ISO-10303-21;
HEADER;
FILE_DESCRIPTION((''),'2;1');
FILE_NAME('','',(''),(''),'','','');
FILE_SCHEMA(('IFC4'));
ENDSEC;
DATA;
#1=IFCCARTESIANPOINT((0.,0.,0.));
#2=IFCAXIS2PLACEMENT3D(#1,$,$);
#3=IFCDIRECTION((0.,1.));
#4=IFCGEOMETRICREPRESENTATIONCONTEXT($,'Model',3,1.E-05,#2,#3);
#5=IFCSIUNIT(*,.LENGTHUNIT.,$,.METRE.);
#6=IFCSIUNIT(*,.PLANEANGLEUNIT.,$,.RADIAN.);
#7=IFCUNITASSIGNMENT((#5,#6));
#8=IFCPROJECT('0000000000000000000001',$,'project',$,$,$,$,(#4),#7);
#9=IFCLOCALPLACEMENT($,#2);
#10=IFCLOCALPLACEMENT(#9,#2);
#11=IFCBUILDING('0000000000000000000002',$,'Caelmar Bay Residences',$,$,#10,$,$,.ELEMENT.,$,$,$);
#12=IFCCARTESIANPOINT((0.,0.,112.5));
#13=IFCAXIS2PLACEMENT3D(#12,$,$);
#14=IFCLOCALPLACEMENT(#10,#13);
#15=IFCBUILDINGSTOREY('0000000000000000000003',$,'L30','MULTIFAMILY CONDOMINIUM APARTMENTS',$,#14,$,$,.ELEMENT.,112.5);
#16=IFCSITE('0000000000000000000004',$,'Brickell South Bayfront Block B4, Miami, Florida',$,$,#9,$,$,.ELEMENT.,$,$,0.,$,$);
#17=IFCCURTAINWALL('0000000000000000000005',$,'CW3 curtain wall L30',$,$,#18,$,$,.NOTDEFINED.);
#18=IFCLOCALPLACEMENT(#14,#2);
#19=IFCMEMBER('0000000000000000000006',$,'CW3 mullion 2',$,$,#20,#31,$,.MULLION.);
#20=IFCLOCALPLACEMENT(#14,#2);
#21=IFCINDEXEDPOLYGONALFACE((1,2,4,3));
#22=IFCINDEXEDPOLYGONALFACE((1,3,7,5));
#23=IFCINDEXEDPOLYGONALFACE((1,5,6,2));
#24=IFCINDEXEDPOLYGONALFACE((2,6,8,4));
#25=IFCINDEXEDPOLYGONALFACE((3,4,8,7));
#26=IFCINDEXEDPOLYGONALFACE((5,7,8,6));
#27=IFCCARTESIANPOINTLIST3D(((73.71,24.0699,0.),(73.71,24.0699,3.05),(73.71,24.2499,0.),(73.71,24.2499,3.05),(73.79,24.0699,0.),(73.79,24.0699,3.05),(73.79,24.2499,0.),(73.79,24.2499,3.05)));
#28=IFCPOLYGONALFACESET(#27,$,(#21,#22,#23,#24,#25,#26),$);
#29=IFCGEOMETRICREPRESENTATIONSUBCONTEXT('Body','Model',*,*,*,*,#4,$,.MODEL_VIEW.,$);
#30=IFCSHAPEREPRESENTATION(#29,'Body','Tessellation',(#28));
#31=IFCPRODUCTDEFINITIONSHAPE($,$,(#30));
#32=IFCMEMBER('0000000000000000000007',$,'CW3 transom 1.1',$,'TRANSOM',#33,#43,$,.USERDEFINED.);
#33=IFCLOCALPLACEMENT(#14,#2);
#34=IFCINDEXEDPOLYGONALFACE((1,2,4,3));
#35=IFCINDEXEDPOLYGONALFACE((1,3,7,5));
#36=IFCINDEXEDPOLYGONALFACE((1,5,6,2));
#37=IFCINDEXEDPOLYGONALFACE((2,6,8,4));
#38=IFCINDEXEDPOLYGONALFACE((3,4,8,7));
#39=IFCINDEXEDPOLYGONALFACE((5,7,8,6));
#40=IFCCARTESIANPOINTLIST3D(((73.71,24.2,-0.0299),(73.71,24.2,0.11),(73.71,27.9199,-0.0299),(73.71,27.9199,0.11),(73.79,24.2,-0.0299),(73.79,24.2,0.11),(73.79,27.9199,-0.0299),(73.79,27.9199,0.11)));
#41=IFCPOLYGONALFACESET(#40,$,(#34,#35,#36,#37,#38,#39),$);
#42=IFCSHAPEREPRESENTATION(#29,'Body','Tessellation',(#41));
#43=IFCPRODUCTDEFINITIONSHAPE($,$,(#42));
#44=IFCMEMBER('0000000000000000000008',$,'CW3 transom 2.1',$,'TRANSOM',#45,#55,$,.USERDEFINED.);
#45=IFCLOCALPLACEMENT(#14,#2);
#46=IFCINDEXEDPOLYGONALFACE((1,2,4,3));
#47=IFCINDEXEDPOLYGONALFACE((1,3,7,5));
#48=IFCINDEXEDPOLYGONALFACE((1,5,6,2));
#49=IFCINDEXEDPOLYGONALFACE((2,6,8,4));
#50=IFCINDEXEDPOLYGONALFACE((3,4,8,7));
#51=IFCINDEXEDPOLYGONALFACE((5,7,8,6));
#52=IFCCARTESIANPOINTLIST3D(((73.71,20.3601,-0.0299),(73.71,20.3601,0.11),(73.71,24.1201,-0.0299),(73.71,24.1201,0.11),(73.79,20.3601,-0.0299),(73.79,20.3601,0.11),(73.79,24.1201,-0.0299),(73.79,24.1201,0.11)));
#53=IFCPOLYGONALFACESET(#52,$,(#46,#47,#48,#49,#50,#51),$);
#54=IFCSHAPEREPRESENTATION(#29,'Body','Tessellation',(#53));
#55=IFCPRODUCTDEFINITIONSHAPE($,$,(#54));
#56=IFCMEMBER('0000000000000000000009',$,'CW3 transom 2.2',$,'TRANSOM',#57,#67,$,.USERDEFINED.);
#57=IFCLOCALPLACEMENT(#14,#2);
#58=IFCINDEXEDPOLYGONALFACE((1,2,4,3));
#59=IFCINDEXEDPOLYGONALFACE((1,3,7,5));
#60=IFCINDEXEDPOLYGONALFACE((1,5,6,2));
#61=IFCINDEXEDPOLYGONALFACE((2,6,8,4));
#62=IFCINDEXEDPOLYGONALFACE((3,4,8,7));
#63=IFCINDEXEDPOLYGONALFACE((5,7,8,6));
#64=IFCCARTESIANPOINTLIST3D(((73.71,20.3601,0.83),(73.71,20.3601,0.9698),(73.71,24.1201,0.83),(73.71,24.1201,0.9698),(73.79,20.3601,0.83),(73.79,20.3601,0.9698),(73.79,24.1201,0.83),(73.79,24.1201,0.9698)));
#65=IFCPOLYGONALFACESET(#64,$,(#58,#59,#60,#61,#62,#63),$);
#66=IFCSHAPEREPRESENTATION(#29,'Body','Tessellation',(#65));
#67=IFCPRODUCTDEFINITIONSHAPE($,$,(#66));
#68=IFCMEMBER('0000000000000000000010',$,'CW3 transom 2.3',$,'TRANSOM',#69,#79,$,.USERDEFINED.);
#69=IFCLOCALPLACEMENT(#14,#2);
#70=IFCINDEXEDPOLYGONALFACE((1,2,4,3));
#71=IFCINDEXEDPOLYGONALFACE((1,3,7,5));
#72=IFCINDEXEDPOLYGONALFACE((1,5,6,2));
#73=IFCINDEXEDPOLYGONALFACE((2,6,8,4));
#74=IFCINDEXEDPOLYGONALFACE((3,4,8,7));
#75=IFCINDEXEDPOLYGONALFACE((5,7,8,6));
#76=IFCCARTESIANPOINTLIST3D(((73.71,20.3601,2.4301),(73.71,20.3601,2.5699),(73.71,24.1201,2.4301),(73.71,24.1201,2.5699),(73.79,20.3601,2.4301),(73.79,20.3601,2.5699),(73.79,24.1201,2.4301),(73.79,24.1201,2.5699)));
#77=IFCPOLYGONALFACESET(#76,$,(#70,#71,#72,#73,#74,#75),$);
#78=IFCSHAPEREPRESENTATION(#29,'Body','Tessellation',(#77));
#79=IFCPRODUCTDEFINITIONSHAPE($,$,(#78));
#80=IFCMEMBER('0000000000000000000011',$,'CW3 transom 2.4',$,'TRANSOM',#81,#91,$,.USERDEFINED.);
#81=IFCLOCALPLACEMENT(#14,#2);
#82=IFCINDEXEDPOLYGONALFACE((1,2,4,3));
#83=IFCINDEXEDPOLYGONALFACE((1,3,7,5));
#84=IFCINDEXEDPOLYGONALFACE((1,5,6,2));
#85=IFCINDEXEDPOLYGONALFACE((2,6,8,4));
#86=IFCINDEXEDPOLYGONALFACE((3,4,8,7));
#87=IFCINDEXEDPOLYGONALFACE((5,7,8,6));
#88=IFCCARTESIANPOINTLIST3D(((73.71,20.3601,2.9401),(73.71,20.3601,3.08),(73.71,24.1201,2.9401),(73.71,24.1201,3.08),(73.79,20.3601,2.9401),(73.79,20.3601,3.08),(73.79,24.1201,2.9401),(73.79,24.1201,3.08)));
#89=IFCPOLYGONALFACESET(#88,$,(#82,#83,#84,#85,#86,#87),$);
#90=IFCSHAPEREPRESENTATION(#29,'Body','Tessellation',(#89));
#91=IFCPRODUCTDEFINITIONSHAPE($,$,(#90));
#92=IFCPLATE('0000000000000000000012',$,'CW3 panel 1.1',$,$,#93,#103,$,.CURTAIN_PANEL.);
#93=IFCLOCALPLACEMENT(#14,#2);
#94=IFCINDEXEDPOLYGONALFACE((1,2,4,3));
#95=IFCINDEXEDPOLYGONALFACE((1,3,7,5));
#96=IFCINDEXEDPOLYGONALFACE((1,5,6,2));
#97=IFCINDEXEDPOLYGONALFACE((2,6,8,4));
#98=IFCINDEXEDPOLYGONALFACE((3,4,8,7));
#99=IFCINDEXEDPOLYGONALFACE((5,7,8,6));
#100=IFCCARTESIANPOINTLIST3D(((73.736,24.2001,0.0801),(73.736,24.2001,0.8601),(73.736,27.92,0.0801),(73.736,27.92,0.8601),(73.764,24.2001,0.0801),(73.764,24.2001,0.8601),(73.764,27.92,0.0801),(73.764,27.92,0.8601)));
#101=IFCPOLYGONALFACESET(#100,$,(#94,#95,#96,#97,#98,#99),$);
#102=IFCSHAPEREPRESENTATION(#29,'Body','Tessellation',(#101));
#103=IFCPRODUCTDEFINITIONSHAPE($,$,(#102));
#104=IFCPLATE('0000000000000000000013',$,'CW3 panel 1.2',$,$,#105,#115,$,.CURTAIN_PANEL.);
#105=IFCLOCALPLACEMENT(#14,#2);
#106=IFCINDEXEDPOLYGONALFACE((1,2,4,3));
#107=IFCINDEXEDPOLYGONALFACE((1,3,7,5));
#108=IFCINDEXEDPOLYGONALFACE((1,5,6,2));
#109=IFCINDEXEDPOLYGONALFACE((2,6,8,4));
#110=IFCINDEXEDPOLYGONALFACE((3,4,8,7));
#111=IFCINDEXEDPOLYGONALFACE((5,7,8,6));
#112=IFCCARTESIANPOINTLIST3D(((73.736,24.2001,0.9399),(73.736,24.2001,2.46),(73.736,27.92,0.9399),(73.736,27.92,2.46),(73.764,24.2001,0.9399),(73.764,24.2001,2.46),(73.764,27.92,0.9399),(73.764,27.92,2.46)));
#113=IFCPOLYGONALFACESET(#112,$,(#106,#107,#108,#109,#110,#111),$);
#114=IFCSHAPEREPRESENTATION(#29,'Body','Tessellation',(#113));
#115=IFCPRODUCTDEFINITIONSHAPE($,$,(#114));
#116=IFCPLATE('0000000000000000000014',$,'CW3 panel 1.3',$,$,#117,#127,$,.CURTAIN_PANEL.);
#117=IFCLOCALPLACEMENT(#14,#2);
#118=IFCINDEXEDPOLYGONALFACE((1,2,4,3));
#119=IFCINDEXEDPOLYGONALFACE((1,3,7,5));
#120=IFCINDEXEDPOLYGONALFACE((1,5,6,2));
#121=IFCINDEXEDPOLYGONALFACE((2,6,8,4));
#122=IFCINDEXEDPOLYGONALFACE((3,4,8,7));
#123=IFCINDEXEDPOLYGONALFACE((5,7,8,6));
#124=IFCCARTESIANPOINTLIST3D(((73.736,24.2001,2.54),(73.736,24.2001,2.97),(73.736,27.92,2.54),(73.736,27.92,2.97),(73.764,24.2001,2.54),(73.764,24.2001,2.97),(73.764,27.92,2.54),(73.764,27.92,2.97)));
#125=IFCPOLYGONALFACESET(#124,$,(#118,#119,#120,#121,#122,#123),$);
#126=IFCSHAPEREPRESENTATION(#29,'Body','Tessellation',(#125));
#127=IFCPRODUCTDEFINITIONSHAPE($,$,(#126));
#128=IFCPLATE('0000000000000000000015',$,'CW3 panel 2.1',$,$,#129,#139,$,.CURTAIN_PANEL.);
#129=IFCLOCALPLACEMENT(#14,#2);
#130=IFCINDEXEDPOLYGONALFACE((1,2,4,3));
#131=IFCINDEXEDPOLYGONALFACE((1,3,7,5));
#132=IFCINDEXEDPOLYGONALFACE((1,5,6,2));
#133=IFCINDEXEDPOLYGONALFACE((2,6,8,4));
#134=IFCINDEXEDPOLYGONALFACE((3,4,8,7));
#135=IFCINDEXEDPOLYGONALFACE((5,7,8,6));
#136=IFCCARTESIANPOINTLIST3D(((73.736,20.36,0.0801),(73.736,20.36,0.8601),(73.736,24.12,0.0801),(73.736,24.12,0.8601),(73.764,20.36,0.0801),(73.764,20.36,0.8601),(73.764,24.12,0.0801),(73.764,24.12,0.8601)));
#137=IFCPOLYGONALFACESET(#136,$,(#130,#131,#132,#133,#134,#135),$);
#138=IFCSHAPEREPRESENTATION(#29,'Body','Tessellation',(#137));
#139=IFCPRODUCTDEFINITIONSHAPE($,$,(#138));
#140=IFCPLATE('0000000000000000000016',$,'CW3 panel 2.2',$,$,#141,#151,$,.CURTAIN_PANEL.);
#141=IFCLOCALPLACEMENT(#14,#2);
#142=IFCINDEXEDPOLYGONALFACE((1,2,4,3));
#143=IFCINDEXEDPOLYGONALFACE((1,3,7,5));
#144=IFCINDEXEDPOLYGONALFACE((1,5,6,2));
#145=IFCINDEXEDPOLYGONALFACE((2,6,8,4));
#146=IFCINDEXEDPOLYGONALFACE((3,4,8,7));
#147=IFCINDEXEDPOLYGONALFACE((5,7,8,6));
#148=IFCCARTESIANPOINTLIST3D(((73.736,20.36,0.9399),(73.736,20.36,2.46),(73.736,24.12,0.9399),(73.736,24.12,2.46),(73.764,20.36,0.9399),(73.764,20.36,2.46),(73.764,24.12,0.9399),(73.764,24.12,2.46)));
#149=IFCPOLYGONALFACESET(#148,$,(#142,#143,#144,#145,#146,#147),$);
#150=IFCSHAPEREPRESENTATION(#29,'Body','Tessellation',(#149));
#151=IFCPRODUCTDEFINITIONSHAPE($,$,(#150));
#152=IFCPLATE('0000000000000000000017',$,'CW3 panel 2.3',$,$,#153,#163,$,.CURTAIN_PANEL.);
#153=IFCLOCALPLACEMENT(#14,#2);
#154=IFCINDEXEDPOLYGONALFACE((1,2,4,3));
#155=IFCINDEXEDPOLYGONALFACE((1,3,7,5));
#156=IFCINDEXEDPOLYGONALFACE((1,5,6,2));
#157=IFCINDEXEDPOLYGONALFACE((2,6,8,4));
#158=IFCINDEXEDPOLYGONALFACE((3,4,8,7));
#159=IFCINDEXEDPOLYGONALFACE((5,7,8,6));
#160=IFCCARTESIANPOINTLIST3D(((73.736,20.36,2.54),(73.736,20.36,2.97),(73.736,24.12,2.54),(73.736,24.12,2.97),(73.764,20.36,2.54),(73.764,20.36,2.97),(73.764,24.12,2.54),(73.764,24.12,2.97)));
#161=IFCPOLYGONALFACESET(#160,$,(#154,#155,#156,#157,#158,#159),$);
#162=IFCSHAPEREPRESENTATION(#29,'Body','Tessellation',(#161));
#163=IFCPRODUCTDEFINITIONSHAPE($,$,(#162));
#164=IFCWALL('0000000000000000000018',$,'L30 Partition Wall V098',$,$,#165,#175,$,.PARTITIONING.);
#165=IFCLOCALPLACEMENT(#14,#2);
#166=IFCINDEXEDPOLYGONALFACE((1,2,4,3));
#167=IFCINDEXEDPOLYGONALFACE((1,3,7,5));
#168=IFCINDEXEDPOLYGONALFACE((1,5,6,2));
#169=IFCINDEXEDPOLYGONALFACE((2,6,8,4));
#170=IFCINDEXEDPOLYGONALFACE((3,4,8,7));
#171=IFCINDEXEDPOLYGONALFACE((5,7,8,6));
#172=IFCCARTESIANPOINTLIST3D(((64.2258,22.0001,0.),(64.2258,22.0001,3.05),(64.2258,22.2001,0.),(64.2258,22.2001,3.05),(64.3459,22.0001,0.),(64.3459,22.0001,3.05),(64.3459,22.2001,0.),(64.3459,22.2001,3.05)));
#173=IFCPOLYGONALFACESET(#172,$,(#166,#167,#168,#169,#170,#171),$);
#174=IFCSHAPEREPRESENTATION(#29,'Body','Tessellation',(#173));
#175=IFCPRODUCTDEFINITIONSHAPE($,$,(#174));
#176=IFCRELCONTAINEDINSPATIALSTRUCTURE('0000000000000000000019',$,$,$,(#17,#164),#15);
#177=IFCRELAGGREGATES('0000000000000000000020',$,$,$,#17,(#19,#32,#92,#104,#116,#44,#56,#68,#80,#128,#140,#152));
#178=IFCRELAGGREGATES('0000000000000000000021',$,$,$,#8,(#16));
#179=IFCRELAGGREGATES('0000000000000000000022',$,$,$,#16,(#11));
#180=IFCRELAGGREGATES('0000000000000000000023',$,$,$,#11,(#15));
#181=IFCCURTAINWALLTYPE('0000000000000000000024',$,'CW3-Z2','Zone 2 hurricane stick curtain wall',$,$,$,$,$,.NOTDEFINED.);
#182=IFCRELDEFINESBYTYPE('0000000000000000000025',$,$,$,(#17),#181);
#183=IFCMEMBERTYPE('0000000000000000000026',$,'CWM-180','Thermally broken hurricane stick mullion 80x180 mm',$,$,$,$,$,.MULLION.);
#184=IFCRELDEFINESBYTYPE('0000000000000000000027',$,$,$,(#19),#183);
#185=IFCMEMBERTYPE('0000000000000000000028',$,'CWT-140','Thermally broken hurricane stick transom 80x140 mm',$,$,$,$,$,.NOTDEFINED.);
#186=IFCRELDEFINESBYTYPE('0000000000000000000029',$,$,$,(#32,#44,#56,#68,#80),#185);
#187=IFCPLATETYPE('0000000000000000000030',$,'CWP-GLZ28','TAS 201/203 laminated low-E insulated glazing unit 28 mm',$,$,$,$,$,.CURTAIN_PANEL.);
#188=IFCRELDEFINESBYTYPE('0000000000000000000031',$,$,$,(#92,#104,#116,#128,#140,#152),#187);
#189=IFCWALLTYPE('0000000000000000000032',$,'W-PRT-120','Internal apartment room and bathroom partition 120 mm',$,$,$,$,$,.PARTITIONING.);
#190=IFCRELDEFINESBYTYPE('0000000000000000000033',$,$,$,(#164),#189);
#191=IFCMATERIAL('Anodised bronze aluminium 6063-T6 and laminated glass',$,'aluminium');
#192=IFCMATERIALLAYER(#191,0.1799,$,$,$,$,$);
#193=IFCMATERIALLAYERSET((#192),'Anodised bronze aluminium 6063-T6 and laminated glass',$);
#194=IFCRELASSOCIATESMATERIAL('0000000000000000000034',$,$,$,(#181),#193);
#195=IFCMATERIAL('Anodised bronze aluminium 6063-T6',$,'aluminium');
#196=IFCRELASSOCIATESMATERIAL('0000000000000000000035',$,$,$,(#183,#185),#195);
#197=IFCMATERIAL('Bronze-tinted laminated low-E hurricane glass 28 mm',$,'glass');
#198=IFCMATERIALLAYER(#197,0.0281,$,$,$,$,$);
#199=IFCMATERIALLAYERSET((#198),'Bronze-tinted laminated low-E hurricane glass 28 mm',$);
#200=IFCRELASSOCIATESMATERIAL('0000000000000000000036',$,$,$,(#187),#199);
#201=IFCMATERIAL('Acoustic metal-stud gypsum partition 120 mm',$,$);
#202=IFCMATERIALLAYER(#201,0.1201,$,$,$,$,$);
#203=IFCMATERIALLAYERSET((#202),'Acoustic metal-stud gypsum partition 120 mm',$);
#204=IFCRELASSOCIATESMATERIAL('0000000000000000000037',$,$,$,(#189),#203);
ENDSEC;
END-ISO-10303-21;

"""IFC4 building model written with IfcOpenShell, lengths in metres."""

from ifc_helpers import new_model, si_unit, direction, frame, frame_2d, origin, origin_2d, place, context, subcontext, project, spatial, rectangle, extrude, material, layer, layer_set, material_profile, profile_set, type_object, element, aggregate, save


model = new_model("IFC4")

# Units and contexts
model_context = context("Model", 3, precision=1e-05, world=origin(), true_north=direction((0.0, 1.0)))
body_context = subcontext(model_context, "Body", "Model", "MODEL_VIEW")
ifc_project = project(units=[si_unit("LENGTHUNIT", "METRE"), si_unit("PLANEANGLEUNIT", "RADIAN")], contexts=[model_context])

# Site, building, storey
site_placement = place(None, origin())
site = spatial("IfcSite", under=ifc_project, at=site_placement, Name="Brickell South Bayfront Block B4, Miami, Florida", CompositionType="ELEMENT", RefElevation=0.0)
building_placement = place(site_placement, origin())
building = spatial("IfcBuilding", under=site, at=building_placement, Name="Caelmar Bay Residences", CompositionType="ELEMENT")
storey_placement = place(building_placement, frame((0.0, 0.0, 112.5)))
storey = spatial("IfcBuildingStorey", under=building, at=storey_placement, Name="L30", Description="MULTIFAMILY CONDOMINIUM APARTMENTS", CompositionType="ELEMENT", Elevation=112.5)

# Curtain wall, members, plates
ifc_material_1 = material(Name="Anodised bronze aluminium 6063-T6 and laminated glass", Category="aluminium")
ifc_layer_1 = layer(ifc_material_1, 0.1799)
ifc_layer_set_1 = layer_set([ifc_layer_1], Name="Anodised bronze aluminium 6063-T6 and laminated glass")
curtain_wall_type = type_object("IfcCurtainWallType", Name="CW3-Z2", Description="Zone 2 hurricane stick curtain wall", PredefinedType="NOTDEFINED", material=ifc_layer_set_1)
curtain_wall_placement = place(storey_placement, origin())
curtain_wall = element("IfcCurtainWall", 1, at=curtain_wall_placement, inside=storey, type_object=curtain_wall_type, Name="CW3 curtain wall L30", PredefinedType="NOTDEFINED")
ifc_material_2 = material(Name="Anodised bronze aluminium 6063-T6", Category="aluminium")
ifc_material_profile_1 = material_profile(ifc_material_2, rectangle(XDim=0.0801, YDim=0.1799, at=origin_2d()), Name="CWM-80X180")
ifc_profile_set_1 = profile_set([ifc_material_profile_1], Name="Anodised bronze aluminium 6063-T6")
member_type_1 = type_object("IfcMemberType", Name="CWM-180", Description="Thermally broken hurricane stick mullion 80x180 mm", PredefinedType="MULLION", material=ifc_profile_set_1)
member_1_placement = place(storey_placement, frame((73.75, 24.1599, 0.0), z_axis=(0.0, 0.0, 1.0), x_axis=(1.0, 0.0, 0.0)))
member_1 = element("IfcMember", 2, at=member_1_placement, type_object=member_type_1, Name="CW3 mullion 2", PredefinedType="MULLION", context=body_context, shape_type="SweptSolid", body=[
    extrude(rectangle(XDim=0.0801, YDim=0.1799, at=origin_2d()), origin(), (0.0, 0.0, 1.0), 3.05),
])
ifc_material_profile_2 = material_profile(ifc_material_2, rectangle(XDim=0.0801, YDim=0.1399, at=origin_2d()), Name="CWT-80X140")
ifc_profile_set_2 = profile_set([ifc_material_profile_2], Name="Anodised bronze aluminium 6063-T6")
member_type_2 = type_object("IfcMemberType", Name="CWT-140", Description="Thermally broken hurricane stick transom 80x140 mm", PredefinedType="NOTDEFINED", material=ifc_profile_set_2)
member_2_placement = place(storey_placement, frame((73.75, 27.9199, 0.04), z_axis=(0.0, -1.0, 0.0), x_axis=(1.0, 0.0, 0.0)))
member_2 = element("IfcMember", 3, at=member_2_placement, type_object=member_type_2, Name="CW3 transom 1.1", ObjectType="TRANSOM", PredefinedType="USERDEFINED", context=body_context, shape_type="SweptSolid", body=[
    extrude(rectangle(XDim=0.0801, YDim=0.1399, at=origin_2d()), origin(), (0.0, 0.0, 1.0), 3.72),
])
member_3_placement = place(storey_placement, frame((73.75, 24.1201, 0.04), z_axis=(0.0, -1.0, 0.0), x_axis=(1.0, 0.0, 0.0)))
member_3 = element("IfcMember", 4, at=member_3_placement, type_object=member_type_2, Name="CW3 transom 2.1", ObjectType="TRANSOM", PredefinedType="USERDEFINED", context=body_context, shape_type="SweptSolid", body=[
    extrude(rectangle(XDim=0.0801, YDim=0.1399, at=origin_2d()), origin(), (0.0, 0.0, 1.0), 3.76),
])
member_4_placement = place(storey_placement, frame((73.75, 24.1201, 0.8999), z_axis=(0.0, -1.0, 0.0), x_axis=(1.0, 0.0, 0.0)))
member_4 = element("IfcMember", 5, at=member_4_placement, type_object=member_type_2, Name="CW3 transom 2.2", ObjectType="TRANSOM", PredefinedType="USERDEFINED", context=body_context, shape_type="SweptSolid", body=[
    extrude(rectangle(XDim=0.0801, YDim=0.1399, at=origin_2d()), origin(), (0.0, 0.0, 1.0), 3.76),
])
member_5_placement = place(storey_placement, frame((73.75, 24.1201, 2.5), z_axis=(0.0, -1.0, 0.0), x_axis=(1.0, 0.0, 0.0)))
member_5 = element("IfcMember", 6, at=member_5_placement, type_object=member_type_2, Name="CW3 transom 2.3", ObjectType="TRANSOM", PredefinedType="USERDEFINED", context=body_context, shape_type="SweptSolid", body=[
    extrude(rectangle(XDim=0.0801, YDim=0.1399, at=origin_2d()), origin(), (0.0, 0.0, 1.0), 3.76),
])
member_6_placement = place(storey_placement, frame((73.75, 24.1201, 3.01), z_axis=(0.0, -1.0, 0.0), x_axis=(1.0, 0.0, 0.0)))
member_6 = element("IfcMember", 7, at=member_6_placement, type_object=member_type_2, Name="CW3 transom 2.4", ObjectType="TRANSOM", PredefinedType="USERDEFINED", context=body_context, shape_type="SweptSolid", body=[
    extrude(rectangle(XDim=0.0801, YDim=0.1399, at=origin_2d()), origin(), (0.0, 0.0, 1.0), 3.76),
])
ifc_material_3 = material(Name="Bronze-tinted laminated low-E hurricane glass 28 mm", Category="glass")
ifc_layer_2 = layer(ifc_material_3, 0.0281)
ifc_layer_set_2 = layer_set([ifc_layer_2], Name="Bronze-tinted laminated low-E hurricane glass 28 mm")
plate_type = type_object("IfcPlateType", Name="CWP-GLZ28", Description="TAS 201/203 laminated low-E insulated glazing unit 28 mm", PredefinedType="CURTAIN_PANEL", material=ifc_layer_set_2)
plate_1_placement = place(storey_placement, frame((73.75, 26.0601, 0.0801), z_axis=(0.0, 0.0, 1.0), x_axis=(0.0, -1.0, 0.0)))
plate_1 = element("IfcPlate", 8, at=plate_1_placement, type_object=plate_type, Name="CW3 panel 1.1", PredefinedType="CURTAIN_PANEL", context=body_context, shape_type="SweptSolid", body=[
    extrude(rectangle(XDim=3.72, YDim=0.0281, at=origin_2d()), origin(), (0.0, 0.0, 1.0), 0.78),
])
plate_2_placement = place(storey_placement, frame((73.75, 26.0601, 0.9399), z_axis=(0.0, 0.0, 1.0), x_axis=(0.0, -1.0, 0.0)))
plate_2 = element("IfcPlate", 9, at=plate_2_placement, type_object=plate_type, Name="CW3 panel 1.2", PredefinedType="CURTAIN_PANEL", context=body_context, shape_type="SweptSolid", body=[
    extrude(rectangle(XDim=3.72, YDim=0.0281, at=origin_2d()), origin(), (0.0, 0.0, 1.0), 1.52),
])
plate_3_placement = place(storey_placement, frame((73.75, 26.0601, 2.54), z_axis=(0.0, 0.0, 1.0), x_axis=(0.0, -1.0, 0.0)))
plate_3 = element("IfcPlate", 10, at=plate_3_placement, type_object=plate_type, Name="CW3 panel 1.3", PredefinedType="CURTAIN_PANEL", context=body_context, shape_type="SweptSolid", body=[
    extrude(rectangle(XDim=3.72, YDim=0.0281, at=origin_2d()), origin(), (0.0, 0.0, 1.0), 0.4299),
])
plate_4_placement = place(storey_placement, frame((73.75, 22.24, 0.0801), z_axis=(0.0, 0.0, 1.0), x_axis=(0.0, -1.0, 0.0)))
plate_4 = element("IfcPlate", 11, at=plate_4_placement, type_object=plate_type, Name="CW3 panel 2.1", PredefinedType="CURTAIN_PANEL", context=body_context, shape_type="SweptSolid", body=[
    extrude(rectangle(XDim=3.76, YDim=0.0281, at=origin_2d()), origin(), (0.0, 0.0, 1.0), 0.78),
])
plate_5_placement = place(storey_placement, frame((73.75, 22.24, 0.9399), z_axis=(0.0, 0.0, 1.0), x_axis=(0.0, -1.0, 0.0)))
plate_5 = element("IfcPlate", 12, at=plate_5_placement, type_object=plate_type, Name="CW3 panel 2.2", PredefinedType="CURTAIN_PANEL", context=body_context, shape_type="SweptSolid", body=[
    extrude(rectangle(XDim=3.76, YDim=0.0281, at=origin_2d()), origin(), (0.0, 0.0, 1.0), 1.52),
])
plate_6_placement = place(storey_placement, frame((73.75, 22.24, 2.54), z_axis=(0.0, 0.0, 1.0), x_axis=(0.0, -1.0, 0.0)))
plate_6 = element("IfcPlate", 13, at=plate_6_placement, type_object=plate_type, Name="CW3 panel 2.3", PredefinedType="CURTAIN_PANEL", context=body_context, shape_type="SweptSolid", body=[
    extrude(rectangle(XDim=3.76, YDim=0.0281, at=origin_2d()), origin(), (0.0, 0.0, 1.0), 0.4299),
])
aggregate(curtain_wall, [member_1, member_2, plate_1, plate_2, plate_3, member_3, member_4, member_5, member_6, plate_4, plate_5, plate_6])

# Wall
ifc_material_4 = material(Name="Acoustic metal-stud gypsum partition 120 mm")
ifc_layer_3 = layer(ifc_material_4, 0.1201)
ifc_layer_set_3 = layer_set([ifc_layer_3], Name="Acoustic metal-stud gypsum partition 120 mm")
wall_type = type_object("IfcWallType", Name="W-PRT-120", Description="Internal apartment room and bathroom partition 120 mm", PredefinedType="PARTITIONING", material=ifc_layer_set_3)
wall_1_placement = place(storey_placement, frame((64.2859, 22.0, 0.0), z_axis=(0.0, 0.0, 1.0), x_axis=(0.0, 1.0, 0.0)))
element("IfcWall", 14, at=wall_1_placement, inside=storey, type_object=wall_type, Name="L30 Partition Wall V098", PredefinedType="PARTITIONING", context=body_context, shape_type="SweptSolid", body=[
    extrude(rectangle(XDim=0.2, YDim=0.1201, at=frame_2d((0.1001, 0.0))), origin(), (0.0, 0.0, 1.0), 3.05),
])

save(model, "model.ifc")
